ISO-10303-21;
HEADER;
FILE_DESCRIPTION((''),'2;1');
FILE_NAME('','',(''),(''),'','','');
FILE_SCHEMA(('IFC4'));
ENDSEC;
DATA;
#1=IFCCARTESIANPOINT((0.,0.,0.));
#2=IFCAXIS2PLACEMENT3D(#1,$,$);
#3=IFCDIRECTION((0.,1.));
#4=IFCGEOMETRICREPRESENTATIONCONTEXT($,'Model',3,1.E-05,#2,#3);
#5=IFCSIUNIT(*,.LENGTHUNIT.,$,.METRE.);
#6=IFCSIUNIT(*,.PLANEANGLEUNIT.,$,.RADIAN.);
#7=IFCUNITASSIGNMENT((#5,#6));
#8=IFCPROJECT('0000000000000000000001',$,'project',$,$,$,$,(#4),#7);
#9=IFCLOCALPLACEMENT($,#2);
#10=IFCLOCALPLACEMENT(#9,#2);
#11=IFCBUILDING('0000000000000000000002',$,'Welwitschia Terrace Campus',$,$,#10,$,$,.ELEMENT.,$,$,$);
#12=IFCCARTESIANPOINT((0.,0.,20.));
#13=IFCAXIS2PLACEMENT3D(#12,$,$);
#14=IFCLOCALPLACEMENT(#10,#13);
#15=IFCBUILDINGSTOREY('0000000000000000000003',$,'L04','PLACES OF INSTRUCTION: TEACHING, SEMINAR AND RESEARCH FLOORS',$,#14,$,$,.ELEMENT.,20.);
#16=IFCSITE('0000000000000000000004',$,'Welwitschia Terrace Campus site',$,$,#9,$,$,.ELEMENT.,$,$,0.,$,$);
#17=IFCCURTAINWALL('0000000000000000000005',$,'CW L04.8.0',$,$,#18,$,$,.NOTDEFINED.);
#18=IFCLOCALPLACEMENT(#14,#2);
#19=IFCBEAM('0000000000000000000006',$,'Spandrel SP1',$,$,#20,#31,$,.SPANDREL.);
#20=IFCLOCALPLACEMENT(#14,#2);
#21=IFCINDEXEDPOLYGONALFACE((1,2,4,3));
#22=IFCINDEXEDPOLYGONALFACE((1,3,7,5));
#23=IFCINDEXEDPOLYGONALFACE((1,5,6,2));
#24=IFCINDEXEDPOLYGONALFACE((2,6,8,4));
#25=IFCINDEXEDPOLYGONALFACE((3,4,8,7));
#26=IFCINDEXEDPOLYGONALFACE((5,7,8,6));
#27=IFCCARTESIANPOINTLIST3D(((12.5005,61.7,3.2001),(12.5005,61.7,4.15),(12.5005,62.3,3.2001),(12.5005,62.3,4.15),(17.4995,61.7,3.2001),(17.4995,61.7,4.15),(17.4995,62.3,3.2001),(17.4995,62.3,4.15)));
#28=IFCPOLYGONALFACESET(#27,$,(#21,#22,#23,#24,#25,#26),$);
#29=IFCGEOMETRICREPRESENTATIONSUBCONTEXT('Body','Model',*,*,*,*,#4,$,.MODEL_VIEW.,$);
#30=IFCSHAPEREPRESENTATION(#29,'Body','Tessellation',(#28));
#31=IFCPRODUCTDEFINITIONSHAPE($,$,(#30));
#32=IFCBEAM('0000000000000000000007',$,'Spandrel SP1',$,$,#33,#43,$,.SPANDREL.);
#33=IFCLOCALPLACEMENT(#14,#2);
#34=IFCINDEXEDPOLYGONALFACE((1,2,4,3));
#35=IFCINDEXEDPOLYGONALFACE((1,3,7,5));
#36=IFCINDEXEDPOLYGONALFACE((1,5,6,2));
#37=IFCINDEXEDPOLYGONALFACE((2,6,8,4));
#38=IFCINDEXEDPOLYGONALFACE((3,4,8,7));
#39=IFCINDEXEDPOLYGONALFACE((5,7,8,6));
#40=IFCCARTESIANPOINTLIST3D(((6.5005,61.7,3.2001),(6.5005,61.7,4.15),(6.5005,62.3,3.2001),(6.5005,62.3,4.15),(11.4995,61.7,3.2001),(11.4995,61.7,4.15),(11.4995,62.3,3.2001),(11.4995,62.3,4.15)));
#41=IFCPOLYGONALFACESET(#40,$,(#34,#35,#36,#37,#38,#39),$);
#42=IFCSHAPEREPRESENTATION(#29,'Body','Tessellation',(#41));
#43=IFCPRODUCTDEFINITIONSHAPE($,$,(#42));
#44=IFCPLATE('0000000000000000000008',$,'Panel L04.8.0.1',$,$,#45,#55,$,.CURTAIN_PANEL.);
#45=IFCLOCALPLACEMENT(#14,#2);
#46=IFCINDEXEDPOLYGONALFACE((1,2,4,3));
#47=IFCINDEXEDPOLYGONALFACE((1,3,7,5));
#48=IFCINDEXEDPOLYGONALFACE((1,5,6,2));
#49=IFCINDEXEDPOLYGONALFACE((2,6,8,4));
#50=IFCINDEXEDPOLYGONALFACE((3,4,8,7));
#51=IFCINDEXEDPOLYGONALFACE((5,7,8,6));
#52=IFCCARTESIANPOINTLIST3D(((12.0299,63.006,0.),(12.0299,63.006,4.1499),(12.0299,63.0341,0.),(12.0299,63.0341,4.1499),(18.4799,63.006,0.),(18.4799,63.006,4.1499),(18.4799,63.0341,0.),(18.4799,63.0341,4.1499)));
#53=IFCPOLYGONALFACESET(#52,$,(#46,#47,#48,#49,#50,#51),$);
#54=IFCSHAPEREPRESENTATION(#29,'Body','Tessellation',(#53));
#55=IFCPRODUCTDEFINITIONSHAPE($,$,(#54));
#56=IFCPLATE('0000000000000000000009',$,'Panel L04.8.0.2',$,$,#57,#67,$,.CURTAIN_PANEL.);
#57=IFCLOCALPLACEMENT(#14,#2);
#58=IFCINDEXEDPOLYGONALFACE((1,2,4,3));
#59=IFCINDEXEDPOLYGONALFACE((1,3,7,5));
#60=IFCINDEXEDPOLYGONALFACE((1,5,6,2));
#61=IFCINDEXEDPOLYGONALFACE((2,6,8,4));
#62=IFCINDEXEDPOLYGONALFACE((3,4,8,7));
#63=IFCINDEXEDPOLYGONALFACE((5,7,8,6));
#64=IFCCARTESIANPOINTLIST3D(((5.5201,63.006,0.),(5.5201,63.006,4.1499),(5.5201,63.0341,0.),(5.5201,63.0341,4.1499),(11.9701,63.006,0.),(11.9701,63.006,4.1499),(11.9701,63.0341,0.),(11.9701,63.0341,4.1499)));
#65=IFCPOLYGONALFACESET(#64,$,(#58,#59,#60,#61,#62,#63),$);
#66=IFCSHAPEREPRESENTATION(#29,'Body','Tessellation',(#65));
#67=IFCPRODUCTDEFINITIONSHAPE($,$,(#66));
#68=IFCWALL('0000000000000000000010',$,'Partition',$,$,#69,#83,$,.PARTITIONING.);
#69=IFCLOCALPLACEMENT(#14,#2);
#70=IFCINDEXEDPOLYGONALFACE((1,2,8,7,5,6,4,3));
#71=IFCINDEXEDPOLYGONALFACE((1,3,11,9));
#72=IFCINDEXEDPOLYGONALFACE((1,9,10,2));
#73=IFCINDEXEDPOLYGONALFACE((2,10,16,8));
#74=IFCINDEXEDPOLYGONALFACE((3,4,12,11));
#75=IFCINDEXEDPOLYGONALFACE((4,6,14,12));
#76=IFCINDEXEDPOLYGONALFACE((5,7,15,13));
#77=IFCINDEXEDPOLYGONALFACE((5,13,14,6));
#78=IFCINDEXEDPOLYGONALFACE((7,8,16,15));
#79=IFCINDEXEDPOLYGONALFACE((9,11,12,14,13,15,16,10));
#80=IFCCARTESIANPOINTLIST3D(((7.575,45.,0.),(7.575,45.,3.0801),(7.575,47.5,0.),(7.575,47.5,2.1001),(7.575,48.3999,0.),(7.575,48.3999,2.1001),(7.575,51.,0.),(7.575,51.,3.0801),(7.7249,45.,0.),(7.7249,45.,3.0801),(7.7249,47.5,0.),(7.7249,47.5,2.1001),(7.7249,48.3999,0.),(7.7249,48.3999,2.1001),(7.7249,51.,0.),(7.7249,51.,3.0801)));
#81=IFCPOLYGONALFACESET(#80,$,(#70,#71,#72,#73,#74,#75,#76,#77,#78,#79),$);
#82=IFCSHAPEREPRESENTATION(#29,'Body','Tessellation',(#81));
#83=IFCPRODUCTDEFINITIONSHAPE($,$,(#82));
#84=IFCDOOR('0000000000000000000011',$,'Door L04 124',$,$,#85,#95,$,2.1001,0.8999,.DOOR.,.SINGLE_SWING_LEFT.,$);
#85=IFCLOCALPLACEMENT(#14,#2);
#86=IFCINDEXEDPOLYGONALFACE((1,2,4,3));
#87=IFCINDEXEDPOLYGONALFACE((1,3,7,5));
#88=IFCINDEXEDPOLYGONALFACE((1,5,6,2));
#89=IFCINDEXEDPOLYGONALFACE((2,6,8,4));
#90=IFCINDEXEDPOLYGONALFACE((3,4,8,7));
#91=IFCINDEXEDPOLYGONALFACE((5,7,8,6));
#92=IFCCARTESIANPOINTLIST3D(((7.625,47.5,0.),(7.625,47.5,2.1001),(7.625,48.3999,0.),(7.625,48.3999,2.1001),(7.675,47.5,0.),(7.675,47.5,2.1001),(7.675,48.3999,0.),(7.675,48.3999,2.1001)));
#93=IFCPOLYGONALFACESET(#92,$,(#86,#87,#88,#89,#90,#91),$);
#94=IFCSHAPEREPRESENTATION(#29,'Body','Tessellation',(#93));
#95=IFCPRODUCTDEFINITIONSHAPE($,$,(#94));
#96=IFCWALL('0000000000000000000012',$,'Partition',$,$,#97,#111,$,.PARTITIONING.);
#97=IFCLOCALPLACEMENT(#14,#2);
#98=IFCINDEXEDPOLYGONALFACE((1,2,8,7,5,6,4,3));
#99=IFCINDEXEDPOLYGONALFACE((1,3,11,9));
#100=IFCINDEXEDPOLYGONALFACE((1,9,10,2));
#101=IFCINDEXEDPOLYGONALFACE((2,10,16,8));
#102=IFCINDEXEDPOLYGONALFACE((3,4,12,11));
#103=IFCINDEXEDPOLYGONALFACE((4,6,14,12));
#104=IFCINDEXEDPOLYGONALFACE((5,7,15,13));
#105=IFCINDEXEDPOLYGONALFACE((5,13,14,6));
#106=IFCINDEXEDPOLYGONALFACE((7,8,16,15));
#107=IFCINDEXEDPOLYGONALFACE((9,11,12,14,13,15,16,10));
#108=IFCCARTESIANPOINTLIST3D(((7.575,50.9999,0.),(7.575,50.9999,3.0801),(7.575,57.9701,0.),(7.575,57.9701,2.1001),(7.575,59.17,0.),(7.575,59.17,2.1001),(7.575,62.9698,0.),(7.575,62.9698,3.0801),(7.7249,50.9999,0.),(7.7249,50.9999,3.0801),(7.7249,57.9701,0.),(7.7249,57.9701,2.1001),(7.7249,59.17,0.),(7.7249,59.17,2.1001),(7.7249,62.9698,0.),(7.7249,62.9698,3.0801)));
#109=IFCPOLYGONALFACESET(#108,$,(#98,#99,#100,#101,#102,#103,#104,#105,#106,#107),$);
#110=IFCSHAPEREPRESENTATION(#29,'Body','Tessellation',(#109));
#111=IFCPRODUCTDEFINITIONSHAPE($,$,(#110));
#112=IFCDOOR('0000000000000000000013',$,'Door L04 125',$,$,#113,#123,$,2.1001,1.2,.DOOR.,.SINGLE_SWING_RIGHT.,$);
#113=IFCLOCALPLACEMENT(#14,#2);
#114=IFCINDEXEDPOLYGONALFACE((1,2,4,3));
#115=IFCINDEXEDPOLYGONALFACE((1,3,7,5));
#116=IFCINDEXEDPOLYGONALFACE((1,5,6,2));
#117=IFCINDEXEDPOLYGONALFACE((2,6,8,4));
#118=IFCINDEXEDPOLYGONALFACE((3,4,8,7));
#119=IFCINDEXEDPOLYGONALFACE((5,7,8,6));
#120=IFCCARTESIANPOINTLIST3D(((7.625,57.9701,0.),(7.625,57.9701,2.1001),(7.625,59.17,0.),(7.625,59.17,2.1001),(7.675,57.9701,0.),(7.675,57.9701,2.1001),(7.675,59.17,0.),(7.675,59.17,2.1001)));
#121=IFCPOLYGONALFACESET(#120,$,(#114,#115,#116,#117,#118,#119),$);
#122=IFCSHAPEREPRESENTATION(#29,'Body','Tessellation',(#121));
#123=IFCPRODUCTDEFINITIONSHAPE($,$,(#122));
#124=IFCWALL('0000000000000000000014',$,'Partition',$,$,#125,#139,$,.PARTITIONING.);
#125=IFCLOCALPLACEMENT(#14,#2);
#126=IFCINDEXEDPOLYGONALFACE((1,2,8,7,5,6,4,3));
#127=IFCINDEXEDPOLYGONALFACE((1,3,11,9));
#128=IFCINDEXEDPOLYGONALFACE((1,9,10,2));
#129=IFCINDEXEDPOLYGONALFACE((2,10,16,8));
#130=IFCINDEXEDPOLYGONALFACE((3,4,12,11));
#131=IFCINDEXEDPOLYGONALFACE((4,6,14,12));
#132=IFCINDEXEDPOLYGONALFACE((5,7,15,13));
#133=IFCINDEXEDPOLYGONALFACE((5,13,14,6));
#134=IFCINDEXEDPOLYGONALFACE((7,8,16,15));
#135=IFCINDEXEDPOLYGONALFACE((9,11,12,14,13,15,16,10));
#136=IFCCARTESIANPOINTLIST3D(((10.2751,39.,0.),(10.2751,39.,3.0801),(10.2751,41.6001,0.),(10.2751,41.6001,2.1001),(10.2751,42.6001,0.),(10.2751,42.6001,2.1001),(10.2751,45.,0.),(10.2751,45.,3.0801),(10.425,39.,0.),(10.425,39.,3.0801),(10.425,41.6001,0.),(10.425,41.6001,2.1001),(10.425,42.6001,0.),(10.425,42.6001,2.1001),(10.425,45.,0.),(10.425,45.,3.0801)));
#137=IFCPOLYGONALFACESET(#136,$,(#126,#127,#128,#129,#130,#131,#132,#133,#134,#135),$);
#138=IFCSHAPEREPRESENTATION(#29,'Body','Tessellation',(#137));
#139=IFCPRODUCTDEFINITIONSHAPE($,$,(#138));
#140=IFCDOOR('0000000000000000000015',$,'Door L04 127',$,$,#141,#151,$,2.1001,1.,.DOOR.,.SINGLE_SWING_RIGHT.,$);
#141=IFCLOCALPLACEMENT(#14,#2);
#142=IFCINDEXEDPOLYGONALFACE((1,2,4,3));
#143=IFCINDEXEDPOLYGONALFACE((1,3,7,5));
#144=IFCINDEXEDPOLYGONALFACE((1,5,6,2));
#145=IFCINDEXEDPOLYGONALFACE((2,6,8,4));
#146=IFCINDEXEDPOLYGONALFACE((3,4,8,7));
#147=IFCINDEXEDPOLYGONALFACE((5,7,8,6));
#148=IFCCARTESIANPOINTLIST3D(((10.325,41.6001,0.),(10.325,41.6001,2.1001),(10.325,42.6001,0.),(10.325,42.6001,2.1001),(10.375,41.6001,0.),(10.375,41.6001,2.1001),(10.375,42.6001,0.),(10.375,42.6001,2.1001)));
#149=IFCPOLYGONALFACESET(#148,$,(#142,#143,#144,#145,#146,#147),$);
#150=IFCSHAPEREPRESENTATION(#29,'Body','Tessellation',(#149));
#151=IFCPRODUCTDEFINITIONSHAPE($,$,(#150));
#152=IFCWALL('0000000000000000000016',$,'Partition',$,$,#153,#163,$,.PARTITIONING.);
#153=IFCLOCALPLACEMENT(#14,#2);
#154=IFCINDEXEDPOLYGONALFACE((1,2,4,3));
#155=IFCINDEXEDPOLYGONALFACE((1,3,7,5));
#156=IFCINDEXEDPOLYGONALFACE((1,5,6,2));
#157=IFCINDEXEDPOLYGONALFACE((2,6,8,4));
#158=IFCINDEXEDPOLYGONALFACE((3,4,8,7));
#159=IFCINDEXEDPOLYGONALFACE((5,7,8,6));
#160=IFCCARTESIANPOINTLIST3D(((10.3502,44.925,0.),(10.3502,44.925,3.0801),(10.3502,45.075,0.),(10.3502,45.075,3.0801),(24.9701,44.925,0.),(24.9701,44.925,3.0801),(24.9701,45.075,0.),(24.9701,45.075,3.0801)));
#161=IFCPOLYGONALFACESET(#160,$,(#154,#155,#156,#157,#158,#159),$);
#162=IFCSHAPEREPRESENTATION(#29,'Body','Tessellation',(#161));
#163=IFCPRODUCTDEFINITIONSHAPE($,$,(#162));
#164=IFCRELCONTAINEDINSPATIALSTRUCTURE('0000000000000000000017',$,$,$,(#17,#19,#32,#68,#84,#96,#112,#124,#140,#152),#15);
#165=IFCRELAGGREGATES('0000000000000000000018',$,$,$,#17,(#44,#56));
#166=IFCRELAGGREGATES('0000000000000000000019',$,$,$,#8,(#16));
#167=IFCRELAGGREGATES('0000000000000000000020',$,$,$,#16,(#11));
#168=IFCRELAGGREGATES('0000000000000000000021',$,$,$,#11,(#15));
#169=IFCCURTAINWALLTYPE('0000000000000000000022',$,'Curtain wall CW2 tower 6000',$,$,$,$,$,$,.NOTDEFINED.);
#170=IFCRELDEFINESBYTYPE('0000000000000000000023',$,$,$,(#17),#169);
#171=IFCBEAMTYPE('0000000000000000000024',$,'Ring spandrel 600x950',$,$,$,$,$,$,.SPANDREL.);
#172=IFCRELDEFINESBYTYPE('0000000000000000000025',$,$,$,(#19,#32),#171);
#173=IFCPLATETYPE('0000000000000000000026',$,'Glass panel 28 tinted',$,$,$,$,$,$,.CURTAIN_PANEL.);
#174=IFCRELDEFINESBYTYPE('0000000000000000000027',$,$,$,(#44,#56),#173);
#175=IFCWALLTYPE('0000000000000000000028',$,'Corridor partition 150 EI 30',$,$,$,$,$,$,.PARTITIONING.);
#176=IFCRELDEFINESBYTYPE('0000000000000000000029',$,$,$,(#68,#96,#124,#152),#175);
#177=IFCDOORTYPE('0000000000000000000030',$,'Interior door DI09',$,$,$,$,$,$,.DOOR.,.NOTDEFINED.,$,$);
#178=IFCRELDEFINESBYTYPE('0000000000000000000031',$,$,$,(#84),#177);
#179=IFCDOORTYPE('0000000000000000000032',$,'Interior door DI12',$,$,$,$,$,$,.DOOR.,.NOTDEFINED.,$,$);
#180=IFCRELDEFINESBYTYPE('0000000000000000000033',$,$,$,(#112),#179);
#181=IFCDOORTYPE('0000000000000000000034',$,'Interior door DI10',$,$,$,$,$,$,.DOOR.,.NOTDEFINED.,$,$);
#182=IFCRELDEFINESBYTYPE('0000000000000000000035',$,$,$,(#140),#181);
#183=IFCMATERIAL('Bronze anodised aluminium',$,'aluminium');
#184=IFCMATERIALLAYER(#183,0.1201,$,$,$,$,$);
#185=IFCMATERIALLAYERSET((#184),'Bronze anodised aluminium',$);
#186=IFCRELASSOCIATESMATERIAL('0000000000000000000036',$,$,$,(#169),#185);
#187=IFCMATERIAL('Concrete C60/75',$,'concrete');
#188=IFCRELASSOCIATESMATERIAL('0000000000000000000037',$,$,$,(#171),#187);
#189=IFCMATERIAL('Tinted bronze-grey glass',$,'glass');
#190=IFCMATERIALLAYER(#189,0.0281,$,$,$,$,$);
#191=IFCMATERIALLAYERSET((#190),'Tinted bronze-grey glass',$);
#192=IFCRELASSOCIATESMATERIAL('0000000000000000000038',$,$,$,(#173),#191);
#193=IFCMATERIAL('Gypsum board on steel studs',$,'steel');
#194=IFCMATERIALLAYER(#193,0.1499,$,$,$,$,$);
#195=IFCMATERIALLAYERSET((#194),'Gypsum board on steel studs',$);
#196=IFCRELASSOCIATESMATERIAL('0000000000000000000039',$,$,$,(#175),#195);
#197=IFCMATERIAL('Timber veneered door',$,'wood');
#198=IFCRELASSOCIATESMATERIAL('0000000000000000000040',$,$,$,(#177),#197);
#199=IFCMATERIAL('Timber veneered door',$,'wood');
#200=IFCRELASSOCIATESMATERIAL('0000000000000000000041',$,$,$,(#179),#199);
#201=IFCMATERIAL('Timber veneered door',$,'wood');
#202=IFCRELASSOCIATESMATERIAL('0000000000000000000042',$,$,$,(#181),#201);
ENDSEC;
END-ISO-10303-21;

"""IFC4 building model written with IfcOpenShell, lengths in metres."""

from ifc_helpers import new_model, si_unit, direction, frame, frame_2d, origin, origin_2d, place, context, subcontext, project, spatial, rectangle, extrude, material, layer, layer_set, material_profile, profile_set, type_object, element, fill, aggregate, save


model = new_model("IFC4")

# Units and contexts
model_context = context("Model", 3, precision=1e-05, world=origin(), true_north=direction((0.0, 1.0)))
body_context = subcontext(model_context, "Body", "Model", "MODEL_VIEW")
ifc_project = project(units=[si_unit("LENGTHUNIT", "METRE"), si_unit("PLANEANGLEUNIT", "RADIAN")], contexts=[model_context])

# Site, building, storey
site_placement = place(None, origin())
site = spatial("IfcSite", under=ifc_project, at=site_placement, Name="Welwitschia Terrace Campus site", CompositionType="ELEMENT", RefElevation=0.0)
building_placement = place(site_placement, origin())
building = spatial("IfcBuilding", under=site, at=building_placement, Name="Welwitschia Terrace Campus", CompositionType="ELEMENT")
storey_placement = place(building_placement, frame((0.0, 0.0, 20.0)))
storey = spatial("IfcBuildingStorey", under=building, at=storey_placement, Name="L04", Description="PLACES OF INSTRUCTION: TEACHING, SEMINAR AND RESEARCH FLOORS", CompositionType="ELEMENT", Elevation=20.0)

# Curtain wall
ifc_material_1 = material(Name="Bronze anodised aluminium", Category="aluminium")
ifc_layer_1 = layer(ifc_material_1, 0.1201)
ifc_layer_set_1 = layer_set([ifc_layer_1], Name="Bronze anodised aluminium")
curtain_wall_type = type_object("IfcCurtainWallType", Name="Curtain wall CW2 tower 6000", PredefinedType="NOTDEFINED", material=ifc_layer_set_1)
curtain_wall_placement = place(storey_placement, origin())
curtain_wall = element("IfcCurtainWall", 1, at=curtain_wall_placement, inside=storey, type_object=curtain_wall_type, Name="CW L04.8.0", PredefinedType="NOTDEFINED")

# Beams
ifc_material_2 = material(Name="Concrete C60/75", Category="concrete")
ifc_material_profile_1 = material_profile(ifc_material_2, rectangle(XDim=0.6001, YDim=0.95, at=origin_2d()))
ifc_profile_set_1 = profile_set([ifc_material_profile_1], Name="Concrete C60/75")
beam_type_1 = type_object("IfcBeamType", Name="Ring spandrel 600x950", PredefinedType="SPANDREL", material=ifc_profile_set_1)
for number, where, z_axis, x_axis, name in (
    (2, (17.4995, 62.0, 3.675), (-1.0, 0.0, 0.0), (0.0, -1.0, 0.0), "Spandrel SP1"),
    (3, (11.4995, 62.0, 3.675), (-1.0, 0.0, 0.0), (0.0, -1.0, 0.0), "Spandrel SP1"),
):
    element("IfcBeam", number, at=place(storey_placement, frame(where, z_axis=z_axis, x_axis=x_axis)), inside=storey, type_object=beam_type_1, Name=name, PredefinedType="SPANDREL", context=body_context, shape_type="SweptSolid", body=[
        extrude(rectangle(XDim=0.6001, YDim=0.95, at=origin_2d()), origin(), (0.0, 0.0, 1.0), 4.999),
    ])

# Plates
ifc_material_3 = material(Name="Tinted bronze-grey glass", Category="glass")
ifc_layer_2 = layer(ifc_material_3, 0.0281)
ifc_layer_set_2 = layer_set([ifc_layer_2], Name="Tinted bronze-grey glass")
plate_type = type_object("IfcPlateType", Name="Glass panel 28 tinted", PredefinedType="CURTAIN_PANEL", material=ifc_layer_set_2)
plate_1_placement = place(storey_placement, frame((15.2549, 63.02, 0.0), z_axis=(0.0, 0.0, 1.0), x_axis=(-1.0, 0.0, 0.0)))
plate_1 = element("IfcPlate", 4, at=plate_1_placement, type_object=plate_type, Name="Panel L04.8.0.1", PredefinedType="CURTAIN_PANEL", context=body_context, shape_type="SweptSolid", body=[
    extrude(rectangle(XDim=6.45, YDim=0.0281, at=origin_2d()), origin(), (0.0, 0.0, 1.0), 4.1499),
])
plate_2_placement = place(storey_placement, frame((8.7451, 63.02, 0.0), z_axis=(0.0, 0.0, 1.0), x_axis=(-1.0, 0.0, 0.0)))
plate_2 = element("IfcPlate", 5, at=plate_2_placement, type_object=plate_type, Name="Panel L04.8.0.2", PredefinedType="CURTAIN_PANEL", context=body_context, shape_type="SweptSolid", body=[
    extrude(rectangle(XDim=6.45, YDim=0.0281, at=origin_2d()), origin(), (0.0, 0.0, 1.0), 4.1499),
])
aggregate(curtain_wall, [plate_1, plate_2])

# Walls, openings, doors
ifc_material_4 = material(Name="Gypsum board on steel studs", Category="steel")
ifc_layer_3 = layer(ifc_material_4, 0.1499)
ifc_layer_set_3 = layer_set([ifc_layer_3], Name="Gypsum board on steel studs")
wall_type = type_object("IfcWallType", Name="Corridor partition 150 EI 30", PredefinedType="PARTITIONING", material=ifc_layer_set_3)
wall_1_placement = place(storey_placement, frame((7.6499, 45.0, 0.0), z_axis=(0.0, 0.0, 1.0), x_axis=(0.0, 1.0, 0.0)))
wall_1 = element("IfcWall", 6, at=wall_1_placement, inside=storey, type_object=wall_type, Name="Partition", PredefinedType="PARTITIONING", context=body_context, shape_type="SweptSolid", body=[
    extrude(rectangle(XDim=6.0, YDim=0.1499, at=frame_2d((3.0, 0.0))), origin(), (0.0, 0.0, 1.0), 3.0801),
])
opening_1_placement = place(wall_1_placement, frame((2.5, 0.0, 0.0)))
opening_1 = element("IfcOpeningElement", 7, at=opening_1_placement, cuts=wall_1, PredefinedType="OPENING", context=body_context, shape_type="SweptSolid", body=[
    extrude(rectangle(XDim=0.8999, YDim=2.1001, at=frame_2d((0.45, 1.05))), frame((0.0, 0.085, 0.0), z_axis=(0.0, -1.0, 0.0), x_axis=(1.0, 0.0, 0.0)), (0.0, 0.0, 1.0), 0.1699),
])
ifc_material_5 = material(Name="Timber veneered door", Category="wood")
door_type_1 = type_object("IfcDoorType", Name="Interior door DI09", OperationType="NOTDEFINED", PredefinedType="DOOR", material=ifc_material_5)
door_1_placement = place(opening_1_placement, origin())
door_1 = element("IfcDoor", 8, at=door_1_placement, inside=storey, type_object=door_type_1, Name="Door L04 124", OperationType="SINGLE_SWING_LEFT", OverallHeight=2.1001, OverallWidth=0.8999, PredefinedType="DOOR", context=body_context, shape_type="SweptSolid", body=[
    extrude(rectangle(XDim=0.8999, YDim=2.1001, at=frame_2d((0.45, 1.05))), frame((0.0, 0.0249, 0.0), z_axis=(0.0, -1.0, 0.0), x_axis=(1.0, 0.0, 0.0)), (0.0, 0.0, 1.0), 0.05),
])
fill(opening_1, door_1)
wall_2_placement = place(storey_placement, frame((7.6499, 51.0, 0.0), z_axis=(0.0, 0.0, 1.0), x_axis=(0.0, 1.0, 0.0)))
wall_2 = element("IfcWall", 9, at=wall_2_placement, inside=storey, type_object=wall_type, Name="Partition", PredefinedType="PARTITIONING", context=body_context, shape_type="SweptSolid", body=[
    extrude(rectangle(XDim=11.97, YDim=0.1499, at=frame_2d((5.9849, 0.0))), origin(), (0.0, 0.0, 1.0), 3.0801),
])
opening_2_placement = place(wall_2_placement, frame((6.97, 0.0, 0.0)))
opening_2 = element("IfcOpeningElement", 10, at=opening_2_placement, cuts=wall_2, PredefinedType="OPENING", context=body_context, shape_type="SweptSolid", body=[
    extrude(rectangle(XDim=1.2, YDim=2.1001, at=frame_2d((0.6001, 1.05))), frame((0.0, 0.085, 0.0), z_axis=(0.0, -1.0, 0.0), x_axis=(1.0, 0.0, 0.0)), (0.0, 0.0, 1.0), 0.1699),
])
ifc_material_6 = material(Name="Timber veneered door", Category="wood")
door_type_2 = type_object("IfcDoorType", Name="Interior door DI12", OperationType="NOTDEFINED", PredefinedType="DOOR", material=ifc_material_6)
door_2_placement = place(opening_2_placement, origin())
door_2 = element("IfcDoor", 11, at=door_2_placement, inside=storey, type_object=door_type_2, Name="Door L04 125", OperationType="SINGLE_SWING_RIGHT", OverallHeight=2.1001, OverallWidth=1.2, PredefinedType="DOOR", context=body_context, shape_type="SweptSolid", body=[
    extrude(rectangle(XDim=1.2, YDim=2.1001, at=frame_2d((0.6001, 1.05))), frame((0.0, 0.0249, 0.0), z_axis=(0.0, -1.0, 0.0), x_axis=(1.0, 0.0, 0.0)), (0.0, 0.0, 1.0), 0.05),
])
fill(opening_2, door_2)
wall_3_placement = place(storey_placement, frame((10.3501, 45.0, 0.0), z_axis=(0.0, 0.0, 1.0), x_axis=(0.0, -1.0, 0.0)))
wall_3 = element("IfcWall", 12, at=wall_3_placement, inside=storey, type_object=wall_type, Name="Partition", PredefinedType="PARTITIONING", context=body_context, shape_type="SweptSolid", body=[
    extrude(rectangle(XDim=6.0, YDim=0.1499, at=frame_2d((3.0, 0.0))), origin(), (0.0, 0.0, 1.0), 3.0801),
])
opening_3_placement = place(wall_3_placement, frame((2.3999, 0.0, 0.0)))
opening_3 = element("IfcOpeningElement", 13, at=opening_3_placement, cuts=wall_3, PredefinedType="OPENING", context=body_context, shape_type="SweptSolid", body=[
    extrude(rectangle(XDim=1.0, YDim=2.1001, at=frame_2d((0.5, 1.05))), frame((0.0, 0.085, 0.0), z_axis=(0.0, -1.0, 0.0), x_axis=(1.0, 0.0, 0.0)), (0.0, 0.0, 1.0), 0.1699),
])
ifc_material_7 = material(Name="Timber veneered door", Category="wood")
door_type_3 = type_object("IfcDoorType", Name="Interior door DI10", OperationType="NOTDEFINED", PredefinedType="DOOR", material=ifc_material_7)
door_3_placement = place(opening_3_placement, origin())
door_3 = element("IfcDoor", 14, at=door_3_placement, inside=storey, type_object=door_type_3, Name="Door L04 127", OperationType="SINGLE_SWING_RIGHT", OverallHeight=2.1001, OverallWidth=1.0, PredefinedType="DOOR", context=body_context, shape_type="SweptSolid", body=[
    extrude(rectangle(XDim=1.0, YDim=2.1001, at=frame_2d((0.5, 1.05))), frame((0.0, 0.0249, 0.0), z_axis=(0.0, -1.0, 0.0), x_axis=(1.0, 0.0, 0.0)), (0.0, 0.0, 1.0), 0.05),
])
fill(opening_3, door_3)

# Wall
wall_4_placement = place(storey_placement, frame((10.3501, 45.0, 0.0), z_axis=(0.0, 0.0, 1.0), x_axis=(1.0, 0.0, 0.0)))
element("IfcWall", 15, at=wall_4_placement, inside=storey, type_object=wall_type, Name="Partition", PredefinedType="PARTITIONING", context=body_context, shape_type="SweptSolid", body=[
    extrude(rectangle(XDim=14.6199, YDim=0.1499, at=frame_2d((7.3101, 0.0))), origin(), (0.0, 0.0, 1.0), 3.0801),
])

save(model, "model.ifc")
